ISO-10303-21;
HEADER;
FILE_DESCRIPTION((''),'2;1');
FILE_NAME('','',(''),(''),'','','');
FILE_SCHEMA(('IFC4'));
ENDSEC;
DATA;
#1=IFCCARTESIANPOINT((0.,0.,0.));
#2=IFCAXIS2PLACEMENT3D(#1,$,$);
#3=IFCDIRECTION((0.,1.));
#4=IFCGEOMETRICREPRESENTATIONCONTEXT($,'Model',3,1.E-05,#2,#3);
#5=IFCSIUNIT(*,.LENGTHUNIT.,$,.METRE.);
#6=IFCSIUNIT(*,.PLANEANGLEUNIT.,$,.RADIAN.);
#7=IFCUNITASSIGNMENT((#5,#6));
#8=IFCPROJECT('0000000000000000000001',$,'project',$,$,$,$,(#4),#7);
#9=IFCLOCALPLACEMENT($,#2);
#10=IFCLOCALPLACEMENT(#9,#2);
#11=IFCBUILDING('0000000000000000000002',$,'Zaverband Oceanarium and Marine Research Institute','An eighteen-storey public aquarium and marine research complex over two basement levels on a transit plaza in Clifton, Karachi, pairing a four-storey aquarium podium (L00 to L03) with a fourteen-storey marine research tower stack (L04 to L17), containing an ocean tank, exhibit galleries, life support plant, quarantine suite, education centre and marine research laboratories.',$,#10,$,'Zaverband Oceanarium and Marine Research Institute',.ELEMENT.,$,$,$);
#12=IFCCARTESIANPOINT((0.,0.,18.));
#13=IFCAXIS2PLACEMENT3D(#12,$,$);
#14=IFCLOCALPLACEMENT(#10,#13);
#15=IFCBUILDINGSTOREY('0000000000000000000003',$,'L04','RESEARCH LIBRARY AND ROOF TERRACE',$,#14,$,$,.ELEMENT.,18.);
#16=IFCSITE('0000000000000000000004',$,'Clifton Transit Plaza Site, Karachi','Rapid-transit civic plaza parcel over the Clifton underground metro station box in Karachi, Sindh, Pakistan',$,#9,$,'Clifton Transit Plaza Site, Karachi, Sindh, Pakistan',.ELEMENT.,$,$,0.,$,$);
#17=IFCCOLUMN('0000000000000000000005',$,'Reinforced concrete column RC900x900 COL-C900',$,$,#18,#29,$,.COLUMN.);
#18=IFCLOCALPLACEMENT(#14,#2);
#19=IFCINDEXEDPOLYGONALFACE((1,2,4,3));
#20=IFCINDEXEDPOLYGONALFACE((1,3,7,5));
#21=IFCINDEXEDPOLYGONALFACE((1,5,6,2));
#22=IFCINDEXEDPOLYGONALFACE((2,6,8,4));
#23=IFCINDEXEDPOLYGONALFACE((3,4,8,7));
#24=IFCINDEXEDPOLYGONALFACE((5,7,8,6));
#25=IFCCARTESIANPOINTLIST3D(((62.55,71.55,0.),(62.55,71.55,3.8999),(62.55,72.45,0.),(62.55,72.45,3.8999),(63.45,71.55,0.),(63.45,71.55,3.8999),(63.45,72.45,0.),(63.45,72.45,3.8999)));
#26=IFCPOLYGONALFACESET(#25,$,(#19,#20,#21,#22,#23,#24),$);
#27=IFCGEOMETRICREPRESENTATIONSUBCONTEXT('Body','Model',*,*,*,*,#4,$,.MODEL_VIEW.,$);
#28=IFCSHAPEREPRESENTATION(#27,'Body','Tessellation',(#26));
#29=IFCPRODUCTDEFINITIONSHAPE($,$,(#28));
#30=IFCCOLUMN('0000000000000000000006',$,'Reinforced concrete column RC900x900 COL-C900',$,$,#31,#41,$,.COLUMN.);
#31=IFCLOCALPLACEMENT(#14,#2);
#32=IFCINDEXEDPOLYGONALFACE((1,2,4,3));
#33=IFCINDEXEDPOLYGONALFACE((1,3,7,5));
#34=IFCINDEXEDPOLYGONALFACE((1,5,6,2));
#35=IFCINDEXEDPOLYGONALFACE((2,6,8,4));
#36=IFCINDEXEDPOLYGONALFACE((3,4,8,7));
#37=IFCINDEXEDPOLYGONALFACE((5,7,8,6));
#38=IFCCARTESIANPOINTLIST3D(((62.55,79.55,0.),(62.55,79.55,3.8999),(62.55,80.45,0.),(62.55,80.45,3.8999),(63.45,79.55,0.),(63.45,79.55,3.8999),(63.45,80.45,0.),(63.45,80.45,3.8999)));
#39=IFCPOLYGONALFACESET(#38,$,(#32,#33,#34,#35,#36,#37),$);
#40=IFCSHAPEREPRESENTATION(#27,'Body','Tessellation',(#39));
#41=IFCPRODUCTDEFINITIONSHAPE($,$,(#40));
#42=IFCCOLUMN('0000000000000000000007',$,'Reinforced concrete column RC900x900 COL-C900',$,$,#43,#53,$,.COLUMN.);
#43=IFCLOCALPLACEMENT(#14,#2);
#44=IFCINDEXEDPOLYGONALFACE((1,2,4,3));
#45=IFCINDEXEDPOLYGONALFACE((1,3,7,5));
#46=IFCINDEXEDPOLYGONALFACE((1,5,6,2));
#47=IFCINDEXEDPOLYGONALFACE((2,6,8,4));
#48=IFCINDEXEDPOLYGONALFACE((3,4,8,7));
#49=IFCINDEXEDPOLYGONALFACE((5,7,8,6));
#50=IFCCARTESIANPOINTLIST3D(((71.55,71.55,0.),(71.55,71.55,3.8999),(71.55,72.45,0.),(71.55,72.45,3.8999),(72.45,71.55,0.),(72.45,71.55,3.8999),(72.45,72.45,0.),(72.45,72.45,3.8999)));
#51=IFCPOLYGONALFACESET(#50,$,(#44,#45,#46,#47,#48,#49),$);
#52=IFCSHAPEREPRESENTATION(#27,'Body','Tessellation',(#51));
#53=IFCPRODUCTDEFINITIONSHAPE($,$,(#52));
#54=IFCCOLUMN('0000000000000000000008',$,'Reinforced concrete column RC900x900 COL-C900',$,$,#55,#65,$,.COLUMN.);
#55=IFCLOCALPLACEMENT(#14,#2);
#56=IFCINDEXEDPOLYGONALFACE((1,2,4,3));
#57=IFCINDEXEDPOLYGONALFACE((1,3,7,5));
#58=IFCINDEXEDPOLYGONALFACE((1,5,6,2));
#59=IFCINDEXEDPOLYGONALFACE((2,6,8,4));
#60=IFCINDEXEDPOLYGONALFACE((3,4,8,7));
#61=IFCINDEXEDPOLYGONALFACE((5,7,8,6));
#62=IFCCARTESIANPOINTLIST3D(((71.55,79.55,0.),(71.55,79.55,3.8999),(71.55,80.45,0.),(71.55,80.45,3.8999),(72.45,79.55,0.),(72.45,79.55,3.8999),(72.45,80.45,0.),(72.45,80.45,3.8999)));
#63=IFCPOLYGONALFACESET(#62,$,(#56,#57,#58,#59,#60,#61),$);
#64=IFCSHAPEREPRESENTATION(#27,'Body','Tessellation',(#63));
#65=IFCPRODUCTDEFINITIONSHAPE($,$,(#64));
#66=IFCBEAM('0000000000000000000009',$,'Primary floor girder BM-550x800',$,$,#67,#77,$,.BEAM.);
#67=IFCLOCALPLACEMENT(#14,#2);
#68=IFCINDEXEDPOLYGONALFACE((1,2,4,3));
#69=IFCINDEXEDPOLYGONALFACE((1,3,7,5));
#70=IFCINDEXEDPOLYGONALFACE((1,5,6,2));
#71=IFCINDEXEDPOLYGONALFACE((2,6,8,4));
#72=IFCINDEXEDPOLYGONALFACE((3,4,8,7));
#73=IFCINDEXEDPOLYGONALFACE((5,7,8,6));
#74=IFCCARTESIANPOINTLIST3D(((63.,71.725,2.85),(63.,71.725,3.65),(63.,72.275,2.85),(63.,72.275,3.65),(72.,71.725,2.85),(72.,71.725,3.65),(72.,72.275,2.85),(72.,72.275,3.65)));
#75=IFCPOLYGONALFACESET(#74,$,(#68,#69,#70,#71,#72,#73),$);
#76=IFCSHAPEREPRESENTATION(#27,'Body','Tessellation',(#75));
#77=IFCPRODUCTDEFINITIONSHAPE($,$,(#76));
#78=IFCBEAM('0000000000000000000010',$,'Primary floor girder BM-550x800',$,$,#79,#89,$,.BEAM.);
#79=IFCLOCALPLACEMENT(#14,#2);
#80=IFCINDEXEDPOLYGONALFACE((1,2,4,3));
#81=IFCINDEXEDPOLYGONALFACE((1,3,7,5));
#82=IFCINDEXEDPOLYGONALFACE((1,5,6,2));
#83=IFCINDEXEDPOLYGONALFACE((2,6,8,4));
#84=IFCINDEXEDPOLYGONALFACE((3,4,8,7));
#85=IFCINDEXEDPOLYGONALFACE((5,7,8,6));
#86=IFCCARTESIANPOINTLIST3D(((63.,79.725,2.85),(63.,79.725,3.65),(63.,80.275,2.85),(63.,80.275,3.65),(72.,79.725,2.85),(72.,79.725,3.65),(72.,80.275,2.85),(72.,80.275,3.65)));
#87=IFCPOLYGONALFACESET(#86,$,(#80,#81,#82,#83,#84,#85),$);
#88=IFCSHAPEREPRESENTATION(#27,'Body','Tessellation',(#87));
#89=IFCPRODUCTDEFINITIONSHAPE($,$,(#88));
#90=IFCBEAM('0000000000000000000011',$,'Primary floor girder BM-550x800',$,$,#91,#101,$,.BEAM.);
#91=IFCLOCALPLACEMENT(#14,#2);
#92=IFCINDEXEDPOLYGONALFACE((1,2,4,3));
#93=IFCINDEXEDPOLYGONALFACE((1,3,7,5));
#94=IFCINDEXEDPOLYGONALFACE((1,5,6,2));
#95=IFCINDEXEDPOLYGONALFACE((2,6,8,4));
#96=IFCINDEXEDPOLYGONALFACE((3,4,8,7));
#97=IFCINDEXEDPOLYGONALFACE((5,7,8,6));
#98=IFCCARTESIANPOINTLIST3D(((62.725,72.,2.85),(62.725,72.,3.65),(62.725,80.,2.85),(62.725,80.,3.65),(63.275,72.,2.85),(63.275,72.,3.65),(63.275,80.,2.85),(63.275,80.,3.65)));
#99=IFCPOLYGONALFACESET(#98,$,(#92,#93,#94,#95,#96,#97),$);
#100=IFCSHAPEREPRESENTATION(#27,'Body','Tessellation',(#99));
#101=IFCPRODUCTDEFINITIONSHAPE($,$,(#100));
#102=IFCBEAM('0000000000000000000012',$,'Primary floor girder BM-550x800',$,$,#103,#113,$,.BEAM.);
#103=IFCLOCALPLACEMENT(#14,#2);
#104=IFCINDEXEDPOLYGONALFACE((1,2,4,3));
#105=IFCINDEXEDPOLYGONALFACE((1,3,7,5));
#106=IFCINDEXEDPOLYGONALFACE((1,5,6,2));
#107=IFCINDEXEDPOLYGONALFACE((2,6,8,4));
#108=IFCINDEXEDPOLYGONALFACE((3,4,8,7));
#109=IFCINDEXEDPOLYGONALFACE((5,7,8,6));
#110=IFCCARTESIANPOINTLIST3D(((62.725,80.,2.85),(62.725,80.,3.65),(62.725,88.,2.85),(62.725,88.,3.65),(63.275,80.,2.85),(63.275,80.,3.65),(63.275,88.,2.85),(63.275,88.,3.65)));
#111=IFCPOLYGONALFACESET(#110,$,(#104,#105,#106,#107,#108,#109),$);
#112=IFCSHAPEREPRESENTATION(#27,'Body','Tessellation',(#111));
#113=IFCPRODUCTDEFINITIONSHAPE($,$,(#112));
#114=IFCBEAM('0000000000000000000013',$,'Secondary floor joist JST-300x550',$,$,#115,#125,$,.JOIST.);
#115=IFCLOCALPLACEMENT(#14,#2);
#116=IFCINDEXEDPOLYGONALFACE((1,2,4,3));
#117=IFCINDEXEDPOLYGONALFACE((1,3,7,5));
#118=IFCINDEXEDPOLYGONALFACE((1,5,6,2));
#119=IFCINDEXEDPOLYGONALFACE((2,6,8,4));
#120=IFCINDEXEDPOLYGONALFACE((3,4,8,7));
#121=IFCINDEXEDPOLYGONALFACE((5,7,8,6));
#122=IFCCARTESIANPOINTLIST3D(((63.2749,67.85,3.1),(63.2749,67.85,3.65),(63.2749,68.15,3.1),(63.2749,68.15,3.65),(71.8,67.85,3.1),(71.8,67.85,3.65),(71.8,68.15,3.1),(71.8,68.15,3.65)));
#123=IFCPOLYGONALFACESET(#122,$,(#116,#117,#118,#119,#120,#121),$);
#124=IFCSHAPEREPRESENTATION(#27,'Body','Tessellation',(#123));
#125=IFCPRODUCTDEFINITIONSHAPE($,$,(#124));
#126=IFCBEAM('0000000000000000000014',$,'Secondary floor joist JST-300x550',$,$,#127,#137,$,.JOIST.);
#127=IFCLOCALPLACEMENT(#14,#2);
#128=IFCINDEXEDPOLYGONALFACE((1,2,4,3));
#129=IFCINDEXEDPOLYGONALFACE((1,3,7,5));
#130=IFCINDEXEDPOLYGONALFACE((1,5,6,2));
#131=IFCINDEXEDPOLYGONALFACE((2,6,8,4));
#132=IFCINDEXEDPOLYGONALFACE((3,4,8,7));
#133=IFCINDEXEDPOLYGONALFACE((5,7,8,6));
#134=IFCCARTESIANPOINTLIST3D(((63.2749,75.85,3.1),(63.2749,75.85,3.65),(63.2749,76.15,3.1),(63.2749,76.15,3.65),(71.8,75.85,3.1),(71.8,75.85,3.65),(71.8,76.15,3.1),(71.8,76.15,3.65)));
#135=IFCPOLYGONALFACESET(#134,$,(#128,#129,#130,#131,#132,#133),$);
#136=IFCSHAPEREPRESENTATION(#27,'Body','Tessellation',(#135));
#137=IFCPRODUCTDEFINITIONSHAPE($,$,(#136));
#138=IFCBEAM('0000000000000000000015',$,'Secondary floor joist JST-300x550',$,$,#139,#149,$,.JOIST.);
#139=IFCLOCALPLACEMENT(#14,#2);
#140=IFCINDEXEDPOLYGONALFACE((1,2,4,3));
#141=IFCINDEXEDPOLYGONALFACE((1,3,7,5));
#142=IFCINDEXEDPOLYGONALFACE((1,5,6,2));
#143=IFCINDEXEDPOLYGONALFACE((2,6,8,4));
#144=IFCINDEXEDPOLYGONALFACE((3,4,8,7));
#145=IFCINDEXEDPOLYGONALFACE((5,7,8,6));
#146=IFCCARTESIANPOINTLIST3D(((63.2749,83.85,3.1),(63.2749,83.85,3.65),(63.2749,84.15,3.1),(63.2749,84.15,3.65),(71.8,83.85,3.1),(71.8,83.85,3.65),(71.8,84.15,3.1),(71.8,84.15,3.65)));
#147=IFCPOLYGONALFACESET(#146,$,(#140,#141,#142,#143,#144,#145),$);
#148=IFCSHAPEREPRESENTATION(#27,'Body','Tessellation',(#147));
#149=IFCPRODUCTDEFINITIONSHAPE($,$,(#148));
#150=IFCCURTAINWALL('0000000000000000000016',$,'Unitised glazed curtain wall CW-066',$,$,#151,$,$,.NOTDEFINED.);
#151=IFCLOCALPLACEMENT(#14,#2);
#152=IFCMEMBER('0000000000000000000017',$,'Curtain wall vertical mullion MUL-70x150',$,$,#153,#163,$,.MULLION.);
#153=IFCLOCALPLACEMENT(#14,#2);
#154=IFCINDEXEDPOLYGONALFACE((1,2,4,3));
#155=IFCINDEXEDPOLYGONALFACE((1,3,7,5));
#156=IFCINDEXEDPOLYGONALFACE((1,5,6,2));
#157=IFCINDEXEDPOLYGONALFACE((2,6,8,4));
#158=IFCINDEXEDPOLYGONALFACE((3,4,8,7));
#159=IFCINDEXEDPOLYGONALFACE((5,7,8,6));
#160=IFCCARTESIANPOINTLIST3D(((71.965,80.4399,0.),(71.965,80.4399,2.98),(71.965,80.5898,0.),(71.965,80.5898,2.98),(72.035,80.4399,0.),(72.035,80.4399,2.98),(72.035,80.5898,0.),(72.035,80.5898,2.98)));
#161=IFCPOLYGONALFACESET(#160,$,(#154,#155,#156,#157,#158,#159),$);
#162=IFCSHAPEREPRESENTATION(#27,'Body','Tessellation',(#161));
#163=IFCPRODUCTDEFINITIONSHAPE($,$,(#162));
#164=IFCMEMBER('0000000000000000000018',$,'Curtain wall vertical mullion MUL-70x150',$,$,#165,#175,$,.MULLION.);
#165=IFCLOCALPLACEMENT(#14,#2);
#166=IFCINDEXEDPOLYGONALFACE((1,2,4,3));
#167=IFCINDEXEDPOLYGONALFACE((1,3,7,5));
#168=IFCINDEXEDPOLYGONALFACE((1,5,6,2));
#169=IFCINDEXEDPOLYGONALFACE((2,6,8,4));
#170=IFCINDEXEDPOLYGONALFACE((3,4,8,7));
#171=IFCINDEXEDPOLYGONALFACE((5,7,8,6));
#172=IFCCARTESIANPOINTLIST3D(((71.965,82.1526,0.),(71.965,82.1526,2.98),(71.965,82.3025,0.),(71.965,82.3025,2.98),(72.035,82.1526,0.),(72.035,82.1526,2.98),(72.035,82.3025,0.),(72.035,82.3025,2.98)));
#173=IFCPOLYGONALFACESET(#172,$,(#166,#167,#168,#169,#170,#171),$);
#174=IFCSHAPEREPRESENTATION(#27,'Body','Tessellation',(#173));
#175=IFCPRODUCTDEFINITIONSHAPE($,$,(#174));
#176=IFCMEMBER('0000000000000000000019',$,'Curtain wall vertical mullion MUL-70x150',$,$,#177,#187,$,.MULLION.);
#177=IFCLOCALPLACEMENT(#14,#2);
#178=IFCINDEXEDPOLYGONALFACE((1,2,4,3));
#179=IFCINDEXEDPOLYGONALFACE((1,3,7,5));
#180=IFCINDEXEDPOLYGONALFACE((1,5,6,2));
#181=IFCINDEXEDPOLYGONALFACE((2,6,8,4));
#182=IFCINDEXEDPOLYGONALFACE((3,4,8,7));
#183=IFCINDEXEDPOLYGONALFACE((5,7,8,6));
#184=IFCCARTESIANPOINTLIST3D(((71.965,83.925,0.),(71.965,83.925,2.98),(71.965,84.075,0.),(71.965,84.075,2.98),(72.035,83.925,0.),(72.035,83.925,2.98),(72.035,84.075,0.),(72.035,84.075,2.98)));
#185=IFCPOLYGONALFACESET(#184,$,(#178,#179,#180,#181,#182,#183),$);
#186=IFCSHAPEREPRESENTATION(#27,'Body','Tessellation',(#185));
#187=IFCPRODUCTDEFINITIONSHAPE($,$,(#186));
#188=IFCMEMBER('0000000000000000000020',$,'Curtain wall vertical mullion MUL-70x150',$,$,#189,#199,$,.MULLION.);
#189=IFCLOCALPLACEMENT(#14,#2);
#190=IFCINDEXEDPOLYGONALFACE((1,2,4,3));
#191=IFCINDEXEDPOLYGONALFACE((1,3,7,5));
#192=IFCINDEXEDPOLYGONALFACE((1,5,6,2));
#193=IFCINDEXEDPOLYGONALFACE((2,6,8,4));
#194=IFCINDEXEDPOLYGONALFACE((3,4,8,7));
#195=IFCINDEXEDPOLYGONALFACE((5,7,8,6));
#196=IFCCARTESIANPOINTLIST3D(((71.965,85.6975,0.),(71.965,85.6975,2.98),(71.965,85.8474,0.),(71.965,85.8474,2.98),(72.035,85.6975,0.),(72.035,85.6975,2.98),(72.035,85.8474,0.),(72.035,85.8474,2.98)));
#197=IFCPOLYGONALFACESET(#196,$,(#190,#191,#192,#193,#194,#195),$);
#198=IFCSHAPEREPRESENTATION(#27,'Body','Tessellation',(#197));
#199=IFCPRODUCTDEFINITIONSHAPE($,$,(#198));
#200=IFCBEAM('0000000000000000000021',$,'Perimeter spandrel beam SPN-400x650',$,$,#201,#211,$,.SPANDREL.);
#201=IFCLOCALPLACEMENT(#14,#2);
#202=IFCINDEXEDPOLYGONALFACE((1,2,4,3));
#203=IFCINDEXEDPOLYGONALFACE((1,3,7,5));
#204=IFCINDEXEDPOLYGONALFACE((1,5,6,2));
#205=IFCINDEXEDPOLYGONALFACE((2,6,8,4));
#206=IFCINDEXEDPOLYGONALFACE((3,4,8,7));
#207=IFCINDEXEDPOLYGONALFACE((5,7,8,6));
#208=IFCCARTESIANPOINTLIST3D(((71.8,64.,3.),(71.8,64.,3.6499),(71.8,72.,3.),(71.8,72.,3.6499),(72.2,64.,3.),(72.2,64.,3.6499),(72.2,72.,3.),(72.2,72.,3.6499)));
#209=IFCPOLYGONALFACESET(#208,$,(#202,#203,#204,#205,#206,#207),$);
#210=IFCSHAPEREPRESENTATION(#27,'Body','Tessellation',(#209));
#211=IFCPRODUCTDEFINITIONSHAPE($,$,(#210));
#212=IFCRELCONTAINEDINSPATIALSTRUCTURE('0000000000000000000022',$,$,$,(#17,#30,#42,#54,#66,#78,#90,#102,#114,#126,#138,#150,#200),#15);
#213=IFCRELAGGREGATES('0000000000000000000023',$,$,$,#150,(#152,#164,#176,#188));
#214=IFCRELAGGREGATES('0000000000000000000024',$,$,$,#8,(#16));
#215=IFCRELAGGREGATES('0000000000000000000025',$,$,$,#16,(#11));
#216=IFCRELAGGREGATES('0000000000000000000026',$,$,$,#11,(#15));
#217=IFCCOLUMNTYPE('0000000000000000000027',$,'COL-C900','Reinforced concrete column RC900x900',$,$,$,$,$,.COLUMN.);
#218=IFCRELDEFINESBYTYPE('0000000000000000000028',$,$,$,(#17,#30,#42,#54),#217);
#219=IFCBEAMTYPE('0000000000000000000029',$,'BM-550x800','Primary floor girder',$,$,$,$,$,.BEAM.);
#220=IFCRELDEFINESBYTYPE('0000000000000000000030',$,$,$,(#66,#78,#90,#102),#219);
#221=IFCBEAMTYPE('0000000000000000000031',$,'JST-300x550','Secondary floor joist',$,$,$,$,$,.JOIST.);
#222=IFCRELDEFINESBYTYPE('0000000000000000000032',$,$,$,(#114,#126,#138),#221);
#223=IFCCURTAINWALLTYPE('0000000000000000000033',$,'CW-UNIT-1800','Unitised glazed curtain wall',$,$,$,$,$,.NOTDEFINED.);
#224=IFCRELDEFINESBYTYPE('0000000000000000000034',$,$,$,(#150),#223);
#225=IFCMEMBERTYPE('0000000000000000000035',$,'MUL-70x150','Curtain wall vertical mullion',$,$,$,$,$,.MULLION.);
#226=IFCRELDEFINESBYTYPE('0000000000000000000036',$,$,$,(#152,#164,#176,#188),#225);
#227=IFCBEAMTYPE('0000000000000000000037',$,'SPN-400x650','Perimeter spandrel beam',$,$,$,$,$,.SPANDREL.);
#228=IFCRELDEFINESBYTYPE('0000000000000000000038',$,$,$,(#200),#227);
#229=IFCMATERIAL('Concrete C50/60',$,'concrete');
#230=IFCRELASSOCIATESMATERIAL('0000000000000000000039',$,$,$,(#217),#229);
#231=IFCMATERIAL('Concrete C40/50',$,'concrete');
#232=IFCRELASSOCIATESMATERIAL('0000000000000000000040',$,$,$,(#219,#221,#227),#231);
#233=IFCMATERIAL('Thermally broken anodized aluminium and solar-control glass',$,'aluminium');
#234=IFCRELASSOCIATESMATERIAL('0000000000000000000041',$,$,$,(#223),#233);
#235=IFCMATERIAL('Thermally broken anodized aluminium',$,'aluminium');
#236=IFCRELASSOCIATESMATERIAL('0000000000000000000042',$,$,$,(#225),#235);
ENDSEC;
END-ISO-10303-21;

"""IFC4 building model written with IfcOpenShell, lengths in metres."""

from ifc_helpers import new_model, si_unit, direction, frame, origin, origin_2d, place, context, subcontext, project, spatial, rectangle, extrude, material, material_profile, profile_set, type_object, element, aggregate, save


model = new_model("IFC4")

# Units and contexts
model_context = context("Model", 3, precision=1e-05, world=origin(), true_north=direction((0.0, 1.0)))
body_context = subcontext(model_context, "Body", "Model", "MODEL_VIEW")
ifc_project = project(units=[si_unit("LENGTHUNIT", "METRE"), si_unit("PLANEANGLEUNIT", "RADIAN")], contexts=[model_context])

# Site, building, storey
site_placement = place(None, origin())
site = spatial("IfcSite", under=ifc_project, at=site_placement, Name="Clifton Transit Plaza Site, Karachi", Description="Rapid-transit civic plaza parcel over the Clifton underground metro station box in Karachi, Sindh, Pakistan", LongName="Clifton Transit Plaza Site, Karachi, Sindh, Pakistan", CompositionType="ELEMENT", RefElevation=0.0)
building_placement = place(site_placement, origin())
building = spatial("IfcBuilding", under=site, at=building_placement, Name="Zaverband Oceanarium and Marine Research Institute", Description="An eighteen-storey public aquarium and marine research complex over two basement levels on a transit plaza in Clifton, Karachi, pairing a four-storey aquarium podium (L00 to L03) with a fourteen-storey marine research tower stack (L04 to L17), containing an ocean tank, exhibit galleries, life support plant, quarantine suite, education centre and marine research laboratories.", LongName="Zaverband Oceanarium and Marine Research Institute", CompositionType="ELEMENT")
storey_placement = place(building_placement, frame((0.0, 0.0, 18.0)))
storey = spatial("IfcBuildingStorey", under=building, at=storey_placement, Name="L04", Description="RESEARCH LIBRARY AND ROOF TERRACE", CompositionType="ELEMENT", Elevation=18.0)

# Columns
ifc_material_1 = material(Name="Concrete C50/60", Category="concrete")
ifc_material_profile_1 = material_profile(ifc_material_1, rectangle(XDim=0.8999, YDim=0.8999, at=origin_2d()), Name="RC900x900")
ifc_profile_set_1 = profile_set([ifc_material_profile_1], Name="Concrete C50/60")
column_type = type_object("IfcColumnType", Name="COL-C900", Description="Reinforced concrete column RC900x900", PredefinedType="COLUMN", material=ifc_profile_set_1)
for number, where, z_axis, x_axis, name in (
    (1, (63.0, 72.0, 0.0), (0.0, 0.0, 1.0), (1.0, 0.0, 0.0), "Reinforced concrete column RC900x900 COL-C900"),
    (2, (63.0, 80.0, 0.0), (0.0, 0.0, 1.0), (1.0, 0.0, 0.0), "Reinforced concrete column RC900x900 COL-C900"),
    (3, (72.0, 72.0, 0.0), (0.0, 0.0, 1.0), (1.0, 0.0, 0.0), "Reinforced concrete column RC900x900 COL-C900"),
    (4, (72.0, 80.0, 0.0), (0.0, 0.0, 1.0), (1.0, 0.0, 0.0), "Reinforced concrete column RC900x900 COL-C900"),
):
    element("IfcColumn", number, at=place(storey_placement, frame(where, z_axis=z_axis, x_axis=x_axis)), inside=storey, type_object=column_type, Name=name, PredefinedType="COLUMN", context=body_context, shape_type="SweptSolid", body=[
        extrude(rectangle(XDim=0.8999, YDim=0.8999, at=origin_2d()), origin(), (0.0, 0.0, 1.0), 3.8999),
    ])

# Beams
ifc_material_2 = material(Name="Concrete C40/50", Category="concrete")
ifc_material_profile_2 = material_profile(ifc_material_2, rectangle(XDim=0.55, YDim=0.8, at=origin_2d()), Name="RC550x800")
ifc_profile_set_2 = profile_set([ifc_material_profile_2], Name="Concrete C40/50")
beam_type_1 = type_object("IfcBeamType", Name="BM-550x800", Description="Primary floor girder", PredefinedType="BEAM", material=ifc_profile_set_2)
for number, where, z_axis, x_axis, name in (
    (5, (63.0, 72.0, 3.25), (1.0, 0.0, 0.0), (0.0, 1.0, 0.0), "Primary floor girder BM-550x800"),
    (6, (63.0, 80.0, 3.25), (1.0, 0.0, 0.0), (0.0, 1.0, 0.0), "Primary floor girder BM-550x800"),
):
    element("IfcBeam", number, at=place(storey_placement, frame(where, z_axis=z_axis, x_axis=x_axis)), inside=storey, type_object=beam_type_1, Name=name, PredefinedType="BEAM", context=body_context, shape_type="SweptSolid", body=[
        extrude(rectangle(XDim=0.55, YDim=0.8, at=origin_2d()), origin(), (0.0, 0.0, 1.0), 9.0),
    ])
for number, where, z_axis, x_axis, name in (
    (7, (63.0, 72.0, 3.25), (0.0, 1.0, 0.0), (-1.0, 0.0, 0.0), "Primary floor girder BM-550x800"),
    (8, (63.0, 80.0, 3.25), (0.0, 1.0, 0.0), (-1.0, 0.0, 0.0), "Primary floor girder BM-550x800"),
):
    element("IfcBeam", number, at=place(storey_placement, frame(where, z_axis=z_axis, x_axis=x_axis)), inside=storey, type_object=beam_type_1, Name=name, PredefinedType="BEAM", context=body_context, shape_type="SweptSolid", body=[
        extrude(rectangle(XDim=0.55, YDim=0.8, at=origin_2d()), origin(), (0.0, 0.0, 1.0), 8.0),
    ])
ifc_material_profile_3 = material_profile(ifc_material_2, rectangle(XDim=0.3, YDim=0.55, at=origin_2d()), Name="RC300x550")
ifc_profile_set_3 = profile_set([ifc_material_profile_3], Name="Concrete C40/50")
beam_type_2 = type_object("IfcBeamType", Name="JST-300x550", Description="Secondary floor joist", PredefinedType="JOIST", material=ifc_profile_set_3)
for number, where, z_axis, x_axis, name in (
    (9, (63.2749, 68.0, 3.375), (1.0, 0.0, 0.0), (0.0, 1.0, 0.0), "Secondary floor joist JST-300x550"),
    (10, (63.2749, 76.0, 3.375), (1.0, 0.0, 0.0), (0.0, 1.0, 0.0), "Secondary floor joist JST-300x550"),
    (11, (63.2749, 84.0, 3.375), (1.0, 0.0, 0.0), (0.0, 1.0, 0.0), "Secondary floor joist JST-300x550"),
):
    element("IfcBeam", number, at=place(storey_placement, frame(where, z_axis=z_axis, x_axis=x_axis)), inside=storey, type_object=beam_type_2, Name=name, PredefinedType="JOIST", context=body_context, shape_type="SweptSolid", body=[
        extrude(rectangle(XDim=0.3, YDim=0.55, at=origin_2d()), origin(), (0.0, 0.0, 1.0), 8.5251),
    ])

# Curtain wall, members
ifc_material_3 = material(Name="Thermally broken anodized aluminium and solar-control glass", Category="aluminium")
curtain_wall_type = type_object("IfcCurtainWallType", Name="CW-UNIT-1800", Description="Unitised glazed curtain wall", PredefinedType="NOTDEFINED", material=ifc_material_3)
curtain_wall_placement = place(storey_placement, origin())
curtain_wall = element("IfcCurtainWall", 12, at=curtain_wall_placement, inside=storey, type_object=curtain_wall_type, Name="Unitised glazed curtain wall CW-066", PredefinedType="NOTDEFINED")
ifc_material_4 = material(Name="Thermally broken anodized aluminium", Category="aluminium")
ifc_material_profile_4 = material_profile(ifc_material_4, rectangle(XDim=0.0701, YDim=0.1499, at=origin_2d()), Name="AL-MUL-70x150")
ifc_profile_set_4 = profile_set([ifc_material_profile_4], Name="Thermally broken anodized aluminium")
member_type_1 = type_object("IfcMemberType", Name="MUL-70x150", Description="Curtain wall vertical mullion", PredefinedType="MULLION", material=ifc_profile_set_4)
member_1_placement = place(storey_placement, frame((72.0, 80.5149, 0.0), z_axis=(0.0, 0.0, 1.0), x_axis=(1.0, 0.0, 0.0)))
member_1 = element("IfcMember", 13, at=member_1_placement, type_object=member_type_1, Name="Curtain wall vertical mullion MUL-70x150", PredefinedType="MULLION", context=body_context, shape_type="SweptSolid", body=[
    extrude(rectangle(XDim=0.0701, YDim=0.1499, at=origin_2d()), origin(), (0.0, 0.0, 1.0), 2.98),
])
member_2_placement = place(storey_placement, frame((72.0, 82.2275, 0.0), z_axis=(0.0, 0.0, 1.0), x_axis=(1.0, 0.0, 0.0)))
member_2 = element("IfcMember", 14, at=member_2_placement, type_object=member_type_1, Name="Curtain wall vertical mullion MUL-70x150", PredefinedType="MULLION", context=body_context, shape_type="SweptSolid", body=[
    extrude(rectangle(XDim=0.0701, YDim=0.1499, at=origin_2d()), origin(), (0.0, 0.0, 1.0), 2.98),
])
member_3_placement = place(storey_placement, frame((72.0, 84.0, 0.0), z_axis=(0.0, 0.0, 1.0), x_axis=(1.0, 0.0, 0.0)))
member_3 = element("IfcMember", 15, at=member_3_placement, type_object=member_type_1, Name="Curtain wall vertical mullion MUL-70x150", PredefinedType="MULLION", context=body_context, shape_type="SweptSolid", body=[
    extrude(rectangle(XDim=0.0701, YDim=0.1499, at=origin_2d()), origin(), (0.0, 0.0, 1.0), 2.98),
])
member_4_placement = place(storey_placement, frame((72.0, 85.7725, 0.0), z_axis=(0.0, 0.0, 1.0), x_axis=(1.0, 0.0, 0.0)))
member_4 = element("IfcMember", 16, at=member_4_placement, type_object=member_type_1, Name="Curtain wall vertical mullion MUL-70x150", PredefinedType="MULLION", context=body_context, shape_type="SweptSolid", body=[
    extrude(rectangle(XDim=0.0701, YDim=0.1499, at=origin_2d()), origin(), (0.0, 0.0, 1.0), 2.98),
])

# Beam
ifc_material_profile_5 = material_profile(ifc_material_2, rectangle(XDim=0.3999, YDim=0.6499, at=origin_2d()), Name="RC400x650")
ifc_profile_set_5 = profile_set([ifc_material_profile_5], Name="Concrete C40/50")
beam_type_3 = type_object("IfcBeamType", Name="SPN-400x650", Description="Perimeter spandrel beam", PredefinedType="SPANDREL", material=ifc_profile_set_5)
for number, where, z_axis, x_axis, name in (
    (17, (72.0, 64.0, 3.325), (0.0, 1.0, 0.0), (-1.0, 0.0, 0.0), "Perimeter spandrel beam SPN-400x650"),
):
    element("IfcBeam", number, at=place(storey_placement, frame(where, z_axis=z_axis, x_axis=x_axis)), inside=storey, type_object=beam_type_3, Name=name, PredefinedType="SPANDREL", context=body_context, shape_type="SweptSolid", body=[
        extrude(rectangle(XDim=0.3999, YDim=0.6499, at=origin_2d()), origin(), (0.0, 0.0, 1.0), 8.0),
    ])

aggregate(curtain_wall, [member_1, member_2, member_3, member_4])

save(model, "model.ifc")
